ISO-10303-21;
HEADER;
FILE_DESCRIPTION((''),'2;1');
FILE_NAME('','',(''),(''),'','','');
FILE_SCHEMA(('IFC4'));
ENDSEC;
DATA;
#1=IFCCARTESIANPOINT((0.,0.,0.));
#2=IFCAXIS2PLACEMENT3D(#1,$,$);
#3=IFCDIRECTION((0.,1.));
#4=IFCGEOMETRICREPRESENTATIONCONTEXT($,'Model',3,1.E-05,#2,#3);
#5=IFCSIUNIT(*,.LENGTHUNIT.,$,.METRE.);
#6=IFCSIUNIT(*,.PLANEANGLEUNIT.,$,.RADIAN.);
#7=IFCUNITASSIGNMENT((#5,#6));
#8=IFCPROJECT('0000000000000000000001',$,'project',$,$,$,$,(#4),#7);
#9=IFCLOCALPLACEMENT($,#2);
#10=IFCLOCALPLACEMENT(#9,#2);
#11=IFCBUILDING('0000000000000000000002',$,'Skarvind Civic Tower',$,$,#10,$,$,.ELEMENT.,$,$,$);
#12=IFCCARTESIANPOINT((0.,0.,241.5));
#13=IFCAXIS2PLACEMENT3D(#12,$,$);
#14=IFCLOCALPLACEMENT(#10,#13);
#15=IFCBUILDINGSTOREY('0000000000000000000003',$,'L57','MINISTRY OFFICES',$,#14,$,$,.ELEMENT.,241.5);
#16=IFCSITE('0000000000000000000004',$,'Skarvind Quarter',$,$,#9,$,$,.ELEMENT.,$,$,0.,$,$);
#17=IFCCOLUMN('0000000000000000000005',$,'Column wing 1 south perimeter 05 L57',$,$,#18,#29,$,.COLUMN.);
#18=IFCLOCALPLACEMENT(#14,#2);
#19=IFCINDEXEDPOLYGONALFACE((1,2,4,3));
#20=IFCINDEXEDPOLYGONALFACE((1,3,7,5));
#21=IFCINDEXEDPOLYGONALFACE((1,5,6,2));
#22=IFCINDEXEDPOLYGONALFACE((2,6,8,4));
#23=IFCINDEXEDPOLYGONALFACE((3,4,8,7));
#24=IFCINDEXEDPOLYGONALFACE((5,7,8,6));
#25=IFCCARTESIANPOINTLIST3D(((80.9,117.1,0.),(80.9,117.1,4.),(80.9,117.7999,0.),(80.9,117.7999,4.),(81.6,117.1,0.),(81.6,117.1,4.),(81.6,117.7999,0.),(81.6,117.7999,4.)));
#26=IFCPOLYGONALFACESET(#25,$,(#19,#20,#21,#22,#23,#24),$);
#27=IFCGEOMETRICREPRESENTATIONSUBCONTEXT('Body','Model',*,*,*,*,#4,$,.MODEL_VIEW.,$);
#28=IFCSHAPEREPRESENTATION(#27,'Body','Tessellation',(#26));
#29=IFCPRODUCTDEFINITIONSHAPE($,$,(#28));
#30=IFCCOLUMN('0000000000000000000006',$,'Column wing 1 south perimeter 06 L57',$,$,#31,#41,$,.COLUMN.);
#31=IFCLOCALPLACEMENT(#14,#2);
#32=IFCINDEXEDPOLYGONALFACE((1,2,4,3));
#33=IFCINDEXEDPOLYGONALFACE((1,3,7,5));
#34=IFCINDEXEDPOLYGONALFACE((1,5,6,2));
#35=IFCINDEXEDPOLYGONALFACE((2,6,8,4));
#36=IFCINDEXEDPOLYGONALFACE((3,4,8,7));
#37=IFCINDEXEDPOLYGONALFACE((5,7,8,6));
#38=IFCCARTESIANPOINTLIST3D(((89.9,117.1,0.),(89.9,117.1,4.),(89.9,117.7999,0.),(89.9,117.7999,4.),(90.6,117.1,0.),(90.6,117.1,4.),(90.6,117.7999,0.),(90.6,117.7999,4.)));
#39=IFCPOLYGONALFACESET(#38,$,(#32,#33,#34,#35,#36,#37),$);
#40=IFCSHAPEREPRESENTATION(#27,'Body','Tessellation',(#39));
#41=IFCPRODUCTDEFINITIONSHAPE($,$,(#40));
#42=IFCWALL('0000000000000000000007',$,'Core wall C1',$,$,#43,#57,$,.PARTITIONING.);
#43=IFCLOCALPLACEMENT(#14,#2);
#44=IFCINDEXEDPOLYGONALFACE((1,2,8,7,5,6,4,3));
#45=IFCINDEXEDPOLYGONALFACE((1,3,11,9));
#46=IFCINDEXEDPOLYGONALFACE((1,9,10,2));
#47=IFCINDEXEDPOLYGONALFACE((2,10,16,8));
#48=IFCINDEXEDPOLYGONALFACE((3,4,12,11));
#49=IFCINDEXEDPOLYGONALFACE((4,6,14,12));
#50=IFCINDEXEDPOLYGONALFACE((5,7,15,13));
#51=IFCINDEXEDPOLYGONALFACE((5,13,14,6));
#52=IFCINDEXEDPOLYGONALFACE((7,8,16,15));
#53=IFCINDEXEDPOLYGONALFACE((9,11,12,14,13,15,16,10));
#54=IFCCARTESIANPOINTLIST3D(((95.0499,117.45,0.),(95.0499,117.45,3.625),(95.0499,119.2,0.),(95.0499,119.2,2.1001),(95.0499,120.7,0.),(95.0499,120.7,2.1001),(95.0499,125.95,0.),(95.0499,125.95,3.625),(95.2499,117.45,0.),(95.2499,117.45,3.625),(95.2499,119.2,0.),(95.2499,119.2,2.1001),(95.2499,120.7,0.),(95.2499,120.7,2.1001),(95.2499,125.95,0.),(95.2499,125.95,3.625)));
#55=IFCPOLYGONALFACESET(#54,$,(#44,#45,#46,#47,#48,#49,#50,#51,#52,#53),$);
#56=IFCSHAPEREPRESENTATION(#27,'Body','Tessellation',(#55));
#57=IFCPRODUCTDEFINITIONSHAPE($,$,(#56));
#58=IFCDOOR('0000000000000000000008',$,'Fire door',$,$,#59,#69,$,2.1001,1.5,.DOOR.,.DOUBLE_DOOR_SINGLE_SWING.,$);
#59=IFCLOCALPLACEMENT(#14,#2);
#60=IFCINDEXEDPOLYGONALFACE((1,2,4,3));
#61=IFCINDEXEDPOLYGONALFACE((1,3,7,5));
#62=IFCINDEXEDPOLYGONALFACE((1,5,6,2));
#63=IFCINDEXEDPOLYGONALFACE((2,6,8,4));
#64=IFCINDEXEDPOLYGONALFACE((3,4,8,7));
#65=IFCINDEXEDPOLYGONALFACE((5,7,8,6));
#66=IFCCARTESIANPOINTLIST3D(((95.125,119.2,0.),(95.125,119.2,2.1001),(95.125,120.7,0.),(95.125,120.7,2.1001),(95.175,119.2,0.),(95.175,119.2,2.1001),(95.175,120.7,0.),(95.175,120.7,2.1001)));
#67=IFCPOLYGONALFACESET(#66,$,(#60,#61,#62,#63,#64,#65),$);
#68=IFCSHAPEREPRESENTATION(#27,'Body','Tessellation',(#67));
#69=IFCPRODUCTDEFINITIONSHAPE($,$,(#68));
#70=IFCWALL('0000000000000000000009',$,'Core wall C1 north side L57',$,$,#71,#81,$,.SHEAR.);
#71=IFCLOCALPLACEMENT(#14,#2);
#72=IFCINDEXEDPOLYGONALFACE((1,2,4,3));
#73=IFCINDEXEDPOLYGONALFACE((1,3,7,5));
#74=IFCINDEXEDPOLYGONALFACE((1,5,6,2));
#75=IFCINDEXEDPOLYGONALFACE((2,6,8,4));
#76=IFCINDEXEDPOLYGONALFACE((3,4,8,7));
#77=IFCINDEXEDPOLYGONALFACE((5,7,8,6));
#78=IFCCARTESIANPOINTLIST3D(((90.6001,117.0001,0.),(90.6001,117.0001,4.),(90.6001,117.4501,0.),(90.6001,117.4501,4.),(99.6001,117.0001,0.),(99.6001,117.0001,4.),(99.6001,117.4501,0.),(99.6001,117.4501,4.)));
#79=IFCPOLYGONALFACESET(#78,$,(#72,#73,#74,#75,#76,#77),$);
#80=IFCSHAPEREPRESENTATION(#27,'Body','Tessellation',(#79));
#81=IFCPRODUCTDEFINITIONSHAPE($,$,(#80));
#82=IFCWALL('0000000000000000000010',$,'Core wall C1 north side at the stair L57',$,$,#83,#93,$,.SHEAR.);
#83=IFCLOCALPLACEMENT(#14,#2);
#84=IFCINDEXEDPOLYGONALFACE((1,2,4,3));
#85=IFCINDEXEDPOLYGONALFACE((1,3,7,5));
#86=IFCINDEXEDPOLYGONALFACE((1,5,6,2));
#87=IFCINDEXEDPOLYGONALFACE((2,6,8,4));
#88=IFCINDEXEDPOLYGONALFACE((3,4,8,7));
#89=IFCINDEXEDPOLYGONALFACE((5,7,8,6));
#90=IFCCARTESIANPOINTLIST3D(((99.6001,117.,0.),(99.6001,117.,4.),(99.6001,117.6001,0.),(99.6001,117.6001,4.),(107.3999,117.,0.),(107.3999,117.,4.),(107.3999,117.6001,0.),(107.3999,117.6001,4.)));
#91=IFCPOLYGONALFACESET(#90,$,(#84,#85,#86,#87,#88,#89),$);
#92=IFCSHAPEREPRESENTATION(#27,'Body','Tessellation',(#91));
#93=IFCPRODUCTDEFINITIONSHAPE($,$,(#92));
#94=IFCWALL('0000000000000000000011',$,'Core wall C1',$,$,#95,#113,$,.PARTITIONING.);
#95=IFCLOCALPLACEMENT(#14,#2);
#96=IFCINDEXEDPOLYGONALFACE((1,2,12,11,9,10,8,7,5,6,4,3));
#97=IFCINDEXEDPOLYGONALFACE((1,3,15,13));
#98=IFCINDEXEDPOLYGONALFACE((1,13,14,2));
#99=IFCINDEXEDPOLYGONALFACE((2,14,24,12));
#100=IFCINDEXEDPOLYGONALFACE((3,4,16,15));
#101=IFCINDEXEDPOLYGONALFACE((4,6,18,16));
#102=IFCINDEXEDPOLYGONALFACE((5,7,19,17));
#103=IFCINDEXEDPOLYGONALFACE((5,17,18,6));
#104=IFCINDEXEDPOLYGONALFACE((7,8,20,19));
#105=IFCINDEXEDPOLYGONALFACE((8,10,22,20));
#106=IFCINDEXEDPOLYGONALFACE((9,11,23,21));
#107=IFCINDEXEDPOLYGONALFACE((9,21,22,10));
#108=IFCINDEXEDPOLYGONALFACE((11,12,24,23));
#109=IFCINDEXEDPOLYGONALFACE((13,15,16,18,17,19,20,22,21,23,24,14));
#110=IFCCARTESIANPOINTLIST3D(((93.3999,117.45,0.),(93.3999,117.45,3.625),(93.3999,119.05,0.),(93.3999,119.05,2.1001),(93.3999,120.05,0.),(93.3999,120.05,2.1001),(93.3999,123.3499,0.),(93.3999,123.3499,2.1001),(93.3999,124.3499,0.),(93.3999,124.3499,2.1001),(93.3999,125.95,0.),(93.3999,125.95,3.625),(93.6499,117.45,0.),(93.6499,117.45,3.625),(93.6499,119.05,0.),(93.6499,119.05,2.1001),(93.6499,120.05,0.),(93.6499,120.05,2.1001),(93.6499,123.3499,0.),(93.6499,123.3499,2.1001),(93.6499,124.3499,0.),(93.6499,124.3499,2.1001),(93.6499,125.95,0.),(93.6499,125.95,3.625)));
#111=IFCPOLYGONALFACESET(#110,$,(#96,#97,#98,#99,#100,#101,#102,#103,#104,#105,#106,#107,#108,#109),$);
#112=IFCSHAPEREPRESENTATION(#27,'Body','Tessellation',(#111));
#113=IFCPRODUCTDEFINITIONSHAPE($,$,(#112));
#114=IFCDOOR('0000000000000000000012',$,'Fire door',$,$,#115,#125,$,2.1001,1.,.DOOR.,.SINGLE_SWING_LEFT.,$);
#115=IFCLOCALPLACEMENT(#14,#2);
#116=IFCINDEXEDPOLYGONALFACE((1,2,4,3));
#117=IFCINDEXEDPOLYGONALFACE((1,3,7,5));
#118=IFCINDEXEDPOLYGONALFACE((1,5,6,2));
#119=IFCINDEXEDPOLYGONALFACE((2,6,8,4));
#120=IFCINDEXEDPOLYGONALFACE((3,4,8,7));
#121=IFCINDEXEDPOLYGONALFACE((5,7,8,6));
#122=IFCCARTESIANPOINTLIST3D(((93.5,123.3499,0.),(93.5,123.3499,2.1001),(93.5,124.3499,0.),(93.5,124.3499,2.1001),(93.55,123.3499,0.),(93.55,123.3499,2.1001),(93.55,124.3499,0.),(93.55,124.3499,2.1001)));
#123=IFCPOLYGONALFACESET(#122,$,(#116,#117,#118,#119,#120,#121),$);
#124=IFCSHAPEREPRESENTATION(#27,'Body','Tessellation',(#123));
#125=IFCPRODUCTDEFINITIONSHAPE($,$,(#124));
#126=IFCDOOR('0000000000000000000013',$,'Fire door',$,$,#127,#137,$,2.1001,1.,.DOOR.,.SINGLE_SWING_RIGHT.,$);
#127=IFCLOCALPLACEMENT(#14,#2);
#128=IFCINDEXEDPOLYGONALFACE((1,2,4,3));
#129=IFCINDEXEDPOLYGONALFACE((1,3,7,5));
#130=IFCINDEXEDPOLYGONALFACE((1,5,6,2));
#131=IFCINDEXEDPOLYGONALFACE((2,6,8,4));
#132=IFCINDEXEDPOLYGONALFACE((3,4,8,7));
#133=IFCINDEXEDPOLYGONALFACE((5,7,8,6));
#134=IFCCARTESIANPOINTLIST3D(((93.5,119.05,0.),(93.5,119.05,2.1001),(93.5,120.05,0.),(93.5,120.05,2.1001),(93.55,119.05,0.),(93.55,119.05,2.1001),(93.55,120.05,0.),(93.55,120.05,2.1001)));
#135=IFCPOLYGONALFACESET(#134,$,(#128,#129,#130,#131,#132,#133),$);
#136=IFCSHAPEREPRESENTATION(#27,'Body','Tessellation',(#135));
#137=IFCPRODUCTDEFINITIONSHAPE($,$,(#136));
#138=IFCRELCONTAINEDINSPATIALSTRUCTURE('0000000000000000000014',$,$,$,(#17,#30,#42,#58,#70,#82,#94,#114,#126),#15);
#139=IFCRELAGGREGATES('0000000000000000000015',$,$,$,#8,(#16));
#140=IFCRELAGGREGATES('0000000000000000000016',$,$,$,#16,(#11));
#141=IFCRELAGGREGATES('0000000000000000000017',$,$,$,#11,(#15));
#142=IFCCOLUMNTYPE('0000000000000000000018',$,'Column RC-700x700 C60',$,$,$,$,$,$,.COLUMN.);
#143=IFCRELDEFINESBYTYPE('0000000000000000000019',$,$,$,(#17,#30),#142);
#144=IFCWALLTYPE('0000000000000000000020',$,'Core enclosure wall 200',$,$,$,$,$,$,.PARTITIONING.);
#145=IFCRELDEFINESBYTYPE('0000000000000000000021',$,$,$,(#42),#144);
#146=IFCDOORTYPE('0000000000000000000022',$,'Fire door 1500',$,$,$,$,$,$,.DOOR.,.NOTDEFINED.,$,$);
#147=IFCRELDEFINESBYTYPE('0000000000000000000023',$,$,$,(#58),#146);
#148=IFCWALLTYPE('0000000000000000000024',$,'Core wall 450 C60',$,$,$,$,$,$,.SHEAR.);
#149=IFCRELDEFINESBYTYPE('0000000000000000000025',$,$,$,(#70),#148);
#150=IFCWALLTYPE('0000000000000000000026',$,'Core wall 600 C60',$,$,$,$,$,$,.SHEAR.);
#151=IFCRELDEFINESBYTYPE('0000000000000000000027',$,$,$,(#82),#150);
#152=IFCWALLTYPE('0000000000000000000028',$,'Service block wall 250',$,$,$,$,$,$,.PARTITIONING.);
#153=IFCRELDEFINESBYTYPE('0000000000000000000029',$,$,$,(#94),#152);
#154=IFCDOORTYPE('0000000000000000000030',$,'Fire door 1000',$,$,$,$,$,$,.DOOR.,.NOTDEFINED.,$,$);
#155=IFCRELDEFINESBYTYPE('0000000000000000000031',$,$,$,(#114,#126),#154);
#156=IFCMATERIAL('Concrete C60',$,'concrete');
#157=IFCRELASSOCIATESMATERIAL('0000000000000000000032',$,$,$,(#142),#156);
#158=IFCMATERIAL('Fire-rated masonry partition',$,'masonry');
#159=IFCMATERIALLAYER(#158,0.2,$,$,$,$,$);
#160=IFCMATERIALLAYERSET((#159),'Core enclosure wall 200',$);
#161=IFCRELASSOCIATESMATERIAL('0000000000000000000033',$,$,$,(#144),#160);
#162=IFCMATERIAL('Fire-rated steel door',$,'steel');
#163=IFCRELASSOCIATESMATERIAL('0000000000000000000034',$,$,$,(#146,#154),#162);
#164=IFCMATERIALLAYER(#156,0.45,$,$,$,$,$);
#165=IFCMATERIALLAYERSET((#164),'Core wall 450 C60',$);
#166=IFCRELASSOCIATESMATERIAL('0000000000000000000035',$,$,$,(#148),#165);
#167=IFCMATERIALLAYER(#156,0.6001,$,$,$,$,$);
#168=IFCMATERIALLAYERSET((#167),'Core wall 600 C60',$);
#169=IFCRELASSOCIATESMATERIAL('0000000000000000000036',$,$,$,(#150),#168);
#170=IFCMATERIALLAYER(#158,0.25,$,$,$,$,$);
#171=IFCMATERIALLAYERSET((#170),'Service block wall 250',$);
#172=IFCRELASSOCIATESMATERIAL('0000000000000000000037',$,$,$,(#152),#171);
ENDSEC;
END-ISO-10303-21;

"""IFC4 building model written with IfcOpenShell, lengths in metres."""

from ifc_helpers import new_model, si_unit, direction, frame, frame_2d, origin, origin_2d, place, context, subcontext, project, spatial, rectangle, extrude, material, layer, layer_set, material_profile, profile_set, type_object, element, fill, save


model = new_model("IFC4")

# Units and contexts
model_context = context("Model", 3, precision=1e-05, world=origin(), true_north=direction((0.0, 1.0)))
body_context = subcontext(model_context, "Body", "Model", "MODEL_VIEW")
ifc_project = project(units=[si_unit("LENGTHUNIT", "METRE"), si_unit("PLANEANGLEUNIT", "RADIAN")], contexts=[model_context])

# Site, building, storey
site_placement = place(None, origin())
site = spatial("IfcSite", under=ifc_project, at=site_placement, Name="Skarvind Quarter", CompositionType="ELEMENT", RefElevation=0.0)
building_placement = place(site_placement, origin())
building = spatial("IfcBuilding", under=site, at=building_placement, Name="Skarvind Civic Tower", CompositionType="ELEMENT")
storey_placement = place(building_placement, frame((0.0, 0.0, 241.5)))
storey = spatial("IfcBuildingStorey", under=building, at=storey_placement, Name="L57", Description="MINISTRY OFFICES", CompositionType="ELEMENT", Elevation=241.5)

# Columns
ifc_material_1 = material(Name="Concrete C60", Category="concrete")
ifc_material_profile_1 = material_profile(ifc_material_1, rectangle(XDim=0.7, YDim=0.7, at=origin_2d()), Name="RC-700x700")
ifc_profile_set_1 = profile_set([ifc_material_profile_1], Name="Concrete C60")
column_type = type_object("IfcColumnType", Name="Column RC-700x700 C60", PredefinedType="COLUMN", material=ifc_profile_set_1)
for number, where, z_axis, x_axis, name in (
    (1, (81.25, 117.45, 0.0), (0.0, 0.0, 1.0), (1.0, 0.0, 0.0), "Column wing 1 south perimeter 05 L57"),
    (2, (90.25, 117.45, 0.0), (0.0, 0.0, 1.0), (1.0, 0.0, 0.0), "Column wing 1 south perimeter 06 L57"),
):
    element("IfcColumn", number, at=place(storey_placement, frame(where, z_axis=z_axis, x_axis=x_axis)), inside=storey, type_object=column_type, Name=name, PredefinedType="COLUMN", context=body_context, shape_type="SweptSolid", body=[
        extrude(rectangle(XDim=0.7, YDim=0.7, at=origin_2d()), origin(), (0.0, 0.0, 1.0), 4.0),
    ])

# Wall, opening, door
ifc_material_2 = material(Name="Fire-rated masonry partition", Category="masonry")
ifc_layer_1 = layer(ifc_material_2, 0.2)
ifc_layer_set_1 = layer_set([ifc_layer_1], Name="Core enclosure wall 200")
wall_type_1 = type_object("IfcWallType", Name="Core enclosure wall 200", PredefinedType="PARTITIONING", material=ifc_layer_set_1)
wall_1_placement = place(storey_placement, frame((95.1499, 117.45, 0.0), z_axis=(0.0, 0.0, 1.0), x_axis=(0.0, 1.0, 0.0)))
wall_1 = element("IfcWall", 3, at=wall_1_placement, inside=storey, type_object=wall_type_1, Name="Core wall C1", PredefinedType="PARTITIONING", context=body_context, shape_type="SweptSolid", body=[
    extrude(rectangle(XDim=8.5, YDim=0.2, at=frame_2d((4.25, 0.0))), origin(), (0.0, 0.0, 1.0), 3.625),
])
opening_1_placement = place(wall_1_placement, frame((1.75, 0.0, 0.0)))
opening_1 = element("IfcOpeningElement", 4, at=opening_1_placement, cuts=wall_1, PredefinedType="OPENING", context=body_context, shape_type="SweptSolid", body=[
    extrude(rectangle(XDim=1.5, YDim=2.1001, at=frame_2d((0.75, 1.05))), frame((0.0, 0.1099, 0.0), z_axis=(0.0, -1.0, 0.0), x_axis=(1.0, 0.0, 0.0)), (0.0, 0.0, 1.0), 0.22),
])
ifc_material_3 = material(Name="Fire-rated steel door", Category="steel")
door_type_1 = type_object("IfcDoorType", Name="Fire door 1500", OperationType="NOTDEFINED", PredefinedType="DOOR", material=ifc_material_3)
door_1_placement = place(opening_1_placement, origin())
door_1 = element("IfcDoor", 5, at=door_1_placement, inside=storey, type_object=door_type_1, Name="Fire door", OperationType="DOUBLE_DOOR_SINGLE_SWING", OverallHeight=2.1001, OverallWidth=1.5, PredefinedType="DOOR", context=body_context, shape_type="SweptSolid", body=[
    extrude(rectangle(XDim=1.5, YDim=2.1001, at=frame_2d((0.75, 1.05))), frame((0.0, 0.0249, 0.0), z_axis=(0.0, -1.0, 0.0), x_axis=(1.0, 0.0, 0.0)), (0.0, 0.0, 1.0), 0.05),
])
fill(opening_1, door_1)

# Walls
ifc_layer_2 = layer(ifc_material_1, 0.45)
ifc_layer_set_2 = layer_set([ifc_layer_2], Name="Core wall 450 C60")
wall_type_2 = type_object("IfcWallType", Name="Core wall 450 C60", PredefinedType="SHEAR", material=ifc_layer_set_2)
wall_2_placement = place(storey_placement, frame((99.6001, 117.2251, 0.0), z_axis=(0.0, 0.0, 1.0), x_axis=(-1.0, 0.0, 0.0)))
element("IfcWall", 6, at=wall_2_placement, inside=storey, type_object=wall_type_2, Name="Core wall C1 north side L57", PredefinedType="SHEAR", context=body_context, shape_type="SweptSolid", body=[
    extrude(rectangle(XDim=9.0, YDim=0.45, at=frame_2d((4.5, 0.0))), origin(), (0.0, 0.0, 1.0), 4.0),
])
ifc_layer_3 = layer(ifc_material_1, 0.6001)
ifc_layer_set_3 = layer_set([ifc_layer_3], Name="Core wall 600 C60")
wall_type_3 = type_object("IfcWallType", Name="Core wall 600 C60", PredefinedType="SHEAR", material=ifc_layer_set_3)
wall_3_placement = place(storey_placement, frame((107.3999, 117.3, 0.0), z_axis=(0.0, 0.0, 1.0), x_axis=(-1.0, 0.0, 0.0)))
element("IfcWall", 7, at=wall_3_placement, inside=storey, type_object=wall_type_3, Name="Core wall C1 north side at the stair L57", PredefinedType="SHEAR", context=body_context, shape_type="SweptSolid", body=[
    extrude(rectangle(XDim=7.7998, YDim=0.6001, at=frame_2d((3.8999, 0.0))), origin(), (0.0, 0.0, 1.0), 4.0),
])

# Wall, openings, doors
ifc_layer_4 = layer(ifc_material_2, 0.25)
ifc_layer_set_4 = layer_set([ifc_layer_4], Name="Service block wall 250")
wall_type_4 = type_object("IfcWallType", Name="Service block wall 250", PredefinedType="PARTITIONING", material=ifc_layer_set_4)
wall_4_placement = place(storey_placement, frame((93.5249, 117.45, 0.0), z_axis=(0.0, 0.0, 1.0), x_axis=(0.0, 1.0, 0.0)))
wall_4 = element("IfcWall", 8, at=wall_4_placement, inside=storey, type_object=wall_type_4, Name="Core wall C1", PredefinedType="PARTITIONING", context=body_context, shape_type="SweptSolid", body=[
    extrude(rectangle(XDim=8.5, YDim=0.25, at=frame_2d((4.25, 0.0))), origin(), (0.0, 0.0, 1.0), 3.625),
])
opening_2_placement = place(wall_4_placement, frame((5.8999, 0.0, 0.0)))
opening_2 = element("IfcOpeningElement", 9, at=opening_2_placement, cuts=wall_4, PredefinedType="OPENING", context=body_context, shape_type="SweptSolid", body=[
    extrude(rectangle(XDim=1.0, YDim=2.1001, at=frame_2d((0.5, 1.05))), frame((0.0, 0.135, 0.0), z_axis=(0.0, -1.0, 0.0), x_axis=(1.0, 0.0, 0.0)), (0.0, 0.0, 1.0), 0.27),
])
opening_3_placement = place(wall_4_placement, frame((1.6001, 0.0, 0.0)))
opening_3 = element("IfcOpeningElement", 10, at=opening_3_placement, cuts=wall_4, PredefinedType="OPENING", context=body_context, shape_type="SweptSolid", body=[
    extrude(rectangle(XDim=1.0, YDim=2.1001, at=frame_2d((0.5, 1.05))), frame((0.0, 0.135, 0.0), z_axis=(0.0, -1.0, 0.0), x_axis=(1.0, 0.0, 0.0)), (0.0, 0.0, 1.0), 0.27),
])
door_type_2 = type_object("IfcDoorType", Name="Fire door 1000", OperationType="NOTDEFINED", PredefinedType="DOOR", material=ifc_material_3)
door_2_placement = place(opening_2_placement, origin())
door_2 = element("IfcDoor", 11, at=door_2_placement, inside=storey, type_object=door_type_2, Name="Fire door", OperationType="SINGLE_SWING_LEFT", OverallHeight=2.1001, OverallWidth=1.0, PredefinedType="DOOR", context=body_context, shape_type="SweptSolid", body=[
    extrude(rectangle(XDim=1.0, YDim=2.1001, at=frame_2d((0.5, 1.05))), frame((0.0, 0.0249, 0.0), z_axis=(0.0, -1.0, 0.0), x_axis=(1.0, 0.0, 0.0)), (0.0, 0.0, 1.0), 0.05),
])
fill(opening_2, door_2)
door_3_placement = place(opening_3_placement, origin())
door_3 = element("IfcDoor", 12, at=door_3_placement, inside=storey, type_object=door_type_2, Name="Fire door", OperationType="SINGLE_SWING_RIGHT", OverallHeight=2.1001, OverallWidth=1.0, PredefinedType="DOOR", context=body_context, shape_type="SweptSolid", body=[
    extrude(rectangle(XDim=1.0, YDim=2.1001, at=frame_2d((0.5, 1.05))), frame((0.0, 0.0249, 0.0), z_axis=(0.0, -1.0, 0.0), x_axis=(1.0, 0.0, 0.0)), (0.0, 0.0, 1.0), 0.05),
])
fill(opening_3, door_3)

save(model, "model.ifc")
